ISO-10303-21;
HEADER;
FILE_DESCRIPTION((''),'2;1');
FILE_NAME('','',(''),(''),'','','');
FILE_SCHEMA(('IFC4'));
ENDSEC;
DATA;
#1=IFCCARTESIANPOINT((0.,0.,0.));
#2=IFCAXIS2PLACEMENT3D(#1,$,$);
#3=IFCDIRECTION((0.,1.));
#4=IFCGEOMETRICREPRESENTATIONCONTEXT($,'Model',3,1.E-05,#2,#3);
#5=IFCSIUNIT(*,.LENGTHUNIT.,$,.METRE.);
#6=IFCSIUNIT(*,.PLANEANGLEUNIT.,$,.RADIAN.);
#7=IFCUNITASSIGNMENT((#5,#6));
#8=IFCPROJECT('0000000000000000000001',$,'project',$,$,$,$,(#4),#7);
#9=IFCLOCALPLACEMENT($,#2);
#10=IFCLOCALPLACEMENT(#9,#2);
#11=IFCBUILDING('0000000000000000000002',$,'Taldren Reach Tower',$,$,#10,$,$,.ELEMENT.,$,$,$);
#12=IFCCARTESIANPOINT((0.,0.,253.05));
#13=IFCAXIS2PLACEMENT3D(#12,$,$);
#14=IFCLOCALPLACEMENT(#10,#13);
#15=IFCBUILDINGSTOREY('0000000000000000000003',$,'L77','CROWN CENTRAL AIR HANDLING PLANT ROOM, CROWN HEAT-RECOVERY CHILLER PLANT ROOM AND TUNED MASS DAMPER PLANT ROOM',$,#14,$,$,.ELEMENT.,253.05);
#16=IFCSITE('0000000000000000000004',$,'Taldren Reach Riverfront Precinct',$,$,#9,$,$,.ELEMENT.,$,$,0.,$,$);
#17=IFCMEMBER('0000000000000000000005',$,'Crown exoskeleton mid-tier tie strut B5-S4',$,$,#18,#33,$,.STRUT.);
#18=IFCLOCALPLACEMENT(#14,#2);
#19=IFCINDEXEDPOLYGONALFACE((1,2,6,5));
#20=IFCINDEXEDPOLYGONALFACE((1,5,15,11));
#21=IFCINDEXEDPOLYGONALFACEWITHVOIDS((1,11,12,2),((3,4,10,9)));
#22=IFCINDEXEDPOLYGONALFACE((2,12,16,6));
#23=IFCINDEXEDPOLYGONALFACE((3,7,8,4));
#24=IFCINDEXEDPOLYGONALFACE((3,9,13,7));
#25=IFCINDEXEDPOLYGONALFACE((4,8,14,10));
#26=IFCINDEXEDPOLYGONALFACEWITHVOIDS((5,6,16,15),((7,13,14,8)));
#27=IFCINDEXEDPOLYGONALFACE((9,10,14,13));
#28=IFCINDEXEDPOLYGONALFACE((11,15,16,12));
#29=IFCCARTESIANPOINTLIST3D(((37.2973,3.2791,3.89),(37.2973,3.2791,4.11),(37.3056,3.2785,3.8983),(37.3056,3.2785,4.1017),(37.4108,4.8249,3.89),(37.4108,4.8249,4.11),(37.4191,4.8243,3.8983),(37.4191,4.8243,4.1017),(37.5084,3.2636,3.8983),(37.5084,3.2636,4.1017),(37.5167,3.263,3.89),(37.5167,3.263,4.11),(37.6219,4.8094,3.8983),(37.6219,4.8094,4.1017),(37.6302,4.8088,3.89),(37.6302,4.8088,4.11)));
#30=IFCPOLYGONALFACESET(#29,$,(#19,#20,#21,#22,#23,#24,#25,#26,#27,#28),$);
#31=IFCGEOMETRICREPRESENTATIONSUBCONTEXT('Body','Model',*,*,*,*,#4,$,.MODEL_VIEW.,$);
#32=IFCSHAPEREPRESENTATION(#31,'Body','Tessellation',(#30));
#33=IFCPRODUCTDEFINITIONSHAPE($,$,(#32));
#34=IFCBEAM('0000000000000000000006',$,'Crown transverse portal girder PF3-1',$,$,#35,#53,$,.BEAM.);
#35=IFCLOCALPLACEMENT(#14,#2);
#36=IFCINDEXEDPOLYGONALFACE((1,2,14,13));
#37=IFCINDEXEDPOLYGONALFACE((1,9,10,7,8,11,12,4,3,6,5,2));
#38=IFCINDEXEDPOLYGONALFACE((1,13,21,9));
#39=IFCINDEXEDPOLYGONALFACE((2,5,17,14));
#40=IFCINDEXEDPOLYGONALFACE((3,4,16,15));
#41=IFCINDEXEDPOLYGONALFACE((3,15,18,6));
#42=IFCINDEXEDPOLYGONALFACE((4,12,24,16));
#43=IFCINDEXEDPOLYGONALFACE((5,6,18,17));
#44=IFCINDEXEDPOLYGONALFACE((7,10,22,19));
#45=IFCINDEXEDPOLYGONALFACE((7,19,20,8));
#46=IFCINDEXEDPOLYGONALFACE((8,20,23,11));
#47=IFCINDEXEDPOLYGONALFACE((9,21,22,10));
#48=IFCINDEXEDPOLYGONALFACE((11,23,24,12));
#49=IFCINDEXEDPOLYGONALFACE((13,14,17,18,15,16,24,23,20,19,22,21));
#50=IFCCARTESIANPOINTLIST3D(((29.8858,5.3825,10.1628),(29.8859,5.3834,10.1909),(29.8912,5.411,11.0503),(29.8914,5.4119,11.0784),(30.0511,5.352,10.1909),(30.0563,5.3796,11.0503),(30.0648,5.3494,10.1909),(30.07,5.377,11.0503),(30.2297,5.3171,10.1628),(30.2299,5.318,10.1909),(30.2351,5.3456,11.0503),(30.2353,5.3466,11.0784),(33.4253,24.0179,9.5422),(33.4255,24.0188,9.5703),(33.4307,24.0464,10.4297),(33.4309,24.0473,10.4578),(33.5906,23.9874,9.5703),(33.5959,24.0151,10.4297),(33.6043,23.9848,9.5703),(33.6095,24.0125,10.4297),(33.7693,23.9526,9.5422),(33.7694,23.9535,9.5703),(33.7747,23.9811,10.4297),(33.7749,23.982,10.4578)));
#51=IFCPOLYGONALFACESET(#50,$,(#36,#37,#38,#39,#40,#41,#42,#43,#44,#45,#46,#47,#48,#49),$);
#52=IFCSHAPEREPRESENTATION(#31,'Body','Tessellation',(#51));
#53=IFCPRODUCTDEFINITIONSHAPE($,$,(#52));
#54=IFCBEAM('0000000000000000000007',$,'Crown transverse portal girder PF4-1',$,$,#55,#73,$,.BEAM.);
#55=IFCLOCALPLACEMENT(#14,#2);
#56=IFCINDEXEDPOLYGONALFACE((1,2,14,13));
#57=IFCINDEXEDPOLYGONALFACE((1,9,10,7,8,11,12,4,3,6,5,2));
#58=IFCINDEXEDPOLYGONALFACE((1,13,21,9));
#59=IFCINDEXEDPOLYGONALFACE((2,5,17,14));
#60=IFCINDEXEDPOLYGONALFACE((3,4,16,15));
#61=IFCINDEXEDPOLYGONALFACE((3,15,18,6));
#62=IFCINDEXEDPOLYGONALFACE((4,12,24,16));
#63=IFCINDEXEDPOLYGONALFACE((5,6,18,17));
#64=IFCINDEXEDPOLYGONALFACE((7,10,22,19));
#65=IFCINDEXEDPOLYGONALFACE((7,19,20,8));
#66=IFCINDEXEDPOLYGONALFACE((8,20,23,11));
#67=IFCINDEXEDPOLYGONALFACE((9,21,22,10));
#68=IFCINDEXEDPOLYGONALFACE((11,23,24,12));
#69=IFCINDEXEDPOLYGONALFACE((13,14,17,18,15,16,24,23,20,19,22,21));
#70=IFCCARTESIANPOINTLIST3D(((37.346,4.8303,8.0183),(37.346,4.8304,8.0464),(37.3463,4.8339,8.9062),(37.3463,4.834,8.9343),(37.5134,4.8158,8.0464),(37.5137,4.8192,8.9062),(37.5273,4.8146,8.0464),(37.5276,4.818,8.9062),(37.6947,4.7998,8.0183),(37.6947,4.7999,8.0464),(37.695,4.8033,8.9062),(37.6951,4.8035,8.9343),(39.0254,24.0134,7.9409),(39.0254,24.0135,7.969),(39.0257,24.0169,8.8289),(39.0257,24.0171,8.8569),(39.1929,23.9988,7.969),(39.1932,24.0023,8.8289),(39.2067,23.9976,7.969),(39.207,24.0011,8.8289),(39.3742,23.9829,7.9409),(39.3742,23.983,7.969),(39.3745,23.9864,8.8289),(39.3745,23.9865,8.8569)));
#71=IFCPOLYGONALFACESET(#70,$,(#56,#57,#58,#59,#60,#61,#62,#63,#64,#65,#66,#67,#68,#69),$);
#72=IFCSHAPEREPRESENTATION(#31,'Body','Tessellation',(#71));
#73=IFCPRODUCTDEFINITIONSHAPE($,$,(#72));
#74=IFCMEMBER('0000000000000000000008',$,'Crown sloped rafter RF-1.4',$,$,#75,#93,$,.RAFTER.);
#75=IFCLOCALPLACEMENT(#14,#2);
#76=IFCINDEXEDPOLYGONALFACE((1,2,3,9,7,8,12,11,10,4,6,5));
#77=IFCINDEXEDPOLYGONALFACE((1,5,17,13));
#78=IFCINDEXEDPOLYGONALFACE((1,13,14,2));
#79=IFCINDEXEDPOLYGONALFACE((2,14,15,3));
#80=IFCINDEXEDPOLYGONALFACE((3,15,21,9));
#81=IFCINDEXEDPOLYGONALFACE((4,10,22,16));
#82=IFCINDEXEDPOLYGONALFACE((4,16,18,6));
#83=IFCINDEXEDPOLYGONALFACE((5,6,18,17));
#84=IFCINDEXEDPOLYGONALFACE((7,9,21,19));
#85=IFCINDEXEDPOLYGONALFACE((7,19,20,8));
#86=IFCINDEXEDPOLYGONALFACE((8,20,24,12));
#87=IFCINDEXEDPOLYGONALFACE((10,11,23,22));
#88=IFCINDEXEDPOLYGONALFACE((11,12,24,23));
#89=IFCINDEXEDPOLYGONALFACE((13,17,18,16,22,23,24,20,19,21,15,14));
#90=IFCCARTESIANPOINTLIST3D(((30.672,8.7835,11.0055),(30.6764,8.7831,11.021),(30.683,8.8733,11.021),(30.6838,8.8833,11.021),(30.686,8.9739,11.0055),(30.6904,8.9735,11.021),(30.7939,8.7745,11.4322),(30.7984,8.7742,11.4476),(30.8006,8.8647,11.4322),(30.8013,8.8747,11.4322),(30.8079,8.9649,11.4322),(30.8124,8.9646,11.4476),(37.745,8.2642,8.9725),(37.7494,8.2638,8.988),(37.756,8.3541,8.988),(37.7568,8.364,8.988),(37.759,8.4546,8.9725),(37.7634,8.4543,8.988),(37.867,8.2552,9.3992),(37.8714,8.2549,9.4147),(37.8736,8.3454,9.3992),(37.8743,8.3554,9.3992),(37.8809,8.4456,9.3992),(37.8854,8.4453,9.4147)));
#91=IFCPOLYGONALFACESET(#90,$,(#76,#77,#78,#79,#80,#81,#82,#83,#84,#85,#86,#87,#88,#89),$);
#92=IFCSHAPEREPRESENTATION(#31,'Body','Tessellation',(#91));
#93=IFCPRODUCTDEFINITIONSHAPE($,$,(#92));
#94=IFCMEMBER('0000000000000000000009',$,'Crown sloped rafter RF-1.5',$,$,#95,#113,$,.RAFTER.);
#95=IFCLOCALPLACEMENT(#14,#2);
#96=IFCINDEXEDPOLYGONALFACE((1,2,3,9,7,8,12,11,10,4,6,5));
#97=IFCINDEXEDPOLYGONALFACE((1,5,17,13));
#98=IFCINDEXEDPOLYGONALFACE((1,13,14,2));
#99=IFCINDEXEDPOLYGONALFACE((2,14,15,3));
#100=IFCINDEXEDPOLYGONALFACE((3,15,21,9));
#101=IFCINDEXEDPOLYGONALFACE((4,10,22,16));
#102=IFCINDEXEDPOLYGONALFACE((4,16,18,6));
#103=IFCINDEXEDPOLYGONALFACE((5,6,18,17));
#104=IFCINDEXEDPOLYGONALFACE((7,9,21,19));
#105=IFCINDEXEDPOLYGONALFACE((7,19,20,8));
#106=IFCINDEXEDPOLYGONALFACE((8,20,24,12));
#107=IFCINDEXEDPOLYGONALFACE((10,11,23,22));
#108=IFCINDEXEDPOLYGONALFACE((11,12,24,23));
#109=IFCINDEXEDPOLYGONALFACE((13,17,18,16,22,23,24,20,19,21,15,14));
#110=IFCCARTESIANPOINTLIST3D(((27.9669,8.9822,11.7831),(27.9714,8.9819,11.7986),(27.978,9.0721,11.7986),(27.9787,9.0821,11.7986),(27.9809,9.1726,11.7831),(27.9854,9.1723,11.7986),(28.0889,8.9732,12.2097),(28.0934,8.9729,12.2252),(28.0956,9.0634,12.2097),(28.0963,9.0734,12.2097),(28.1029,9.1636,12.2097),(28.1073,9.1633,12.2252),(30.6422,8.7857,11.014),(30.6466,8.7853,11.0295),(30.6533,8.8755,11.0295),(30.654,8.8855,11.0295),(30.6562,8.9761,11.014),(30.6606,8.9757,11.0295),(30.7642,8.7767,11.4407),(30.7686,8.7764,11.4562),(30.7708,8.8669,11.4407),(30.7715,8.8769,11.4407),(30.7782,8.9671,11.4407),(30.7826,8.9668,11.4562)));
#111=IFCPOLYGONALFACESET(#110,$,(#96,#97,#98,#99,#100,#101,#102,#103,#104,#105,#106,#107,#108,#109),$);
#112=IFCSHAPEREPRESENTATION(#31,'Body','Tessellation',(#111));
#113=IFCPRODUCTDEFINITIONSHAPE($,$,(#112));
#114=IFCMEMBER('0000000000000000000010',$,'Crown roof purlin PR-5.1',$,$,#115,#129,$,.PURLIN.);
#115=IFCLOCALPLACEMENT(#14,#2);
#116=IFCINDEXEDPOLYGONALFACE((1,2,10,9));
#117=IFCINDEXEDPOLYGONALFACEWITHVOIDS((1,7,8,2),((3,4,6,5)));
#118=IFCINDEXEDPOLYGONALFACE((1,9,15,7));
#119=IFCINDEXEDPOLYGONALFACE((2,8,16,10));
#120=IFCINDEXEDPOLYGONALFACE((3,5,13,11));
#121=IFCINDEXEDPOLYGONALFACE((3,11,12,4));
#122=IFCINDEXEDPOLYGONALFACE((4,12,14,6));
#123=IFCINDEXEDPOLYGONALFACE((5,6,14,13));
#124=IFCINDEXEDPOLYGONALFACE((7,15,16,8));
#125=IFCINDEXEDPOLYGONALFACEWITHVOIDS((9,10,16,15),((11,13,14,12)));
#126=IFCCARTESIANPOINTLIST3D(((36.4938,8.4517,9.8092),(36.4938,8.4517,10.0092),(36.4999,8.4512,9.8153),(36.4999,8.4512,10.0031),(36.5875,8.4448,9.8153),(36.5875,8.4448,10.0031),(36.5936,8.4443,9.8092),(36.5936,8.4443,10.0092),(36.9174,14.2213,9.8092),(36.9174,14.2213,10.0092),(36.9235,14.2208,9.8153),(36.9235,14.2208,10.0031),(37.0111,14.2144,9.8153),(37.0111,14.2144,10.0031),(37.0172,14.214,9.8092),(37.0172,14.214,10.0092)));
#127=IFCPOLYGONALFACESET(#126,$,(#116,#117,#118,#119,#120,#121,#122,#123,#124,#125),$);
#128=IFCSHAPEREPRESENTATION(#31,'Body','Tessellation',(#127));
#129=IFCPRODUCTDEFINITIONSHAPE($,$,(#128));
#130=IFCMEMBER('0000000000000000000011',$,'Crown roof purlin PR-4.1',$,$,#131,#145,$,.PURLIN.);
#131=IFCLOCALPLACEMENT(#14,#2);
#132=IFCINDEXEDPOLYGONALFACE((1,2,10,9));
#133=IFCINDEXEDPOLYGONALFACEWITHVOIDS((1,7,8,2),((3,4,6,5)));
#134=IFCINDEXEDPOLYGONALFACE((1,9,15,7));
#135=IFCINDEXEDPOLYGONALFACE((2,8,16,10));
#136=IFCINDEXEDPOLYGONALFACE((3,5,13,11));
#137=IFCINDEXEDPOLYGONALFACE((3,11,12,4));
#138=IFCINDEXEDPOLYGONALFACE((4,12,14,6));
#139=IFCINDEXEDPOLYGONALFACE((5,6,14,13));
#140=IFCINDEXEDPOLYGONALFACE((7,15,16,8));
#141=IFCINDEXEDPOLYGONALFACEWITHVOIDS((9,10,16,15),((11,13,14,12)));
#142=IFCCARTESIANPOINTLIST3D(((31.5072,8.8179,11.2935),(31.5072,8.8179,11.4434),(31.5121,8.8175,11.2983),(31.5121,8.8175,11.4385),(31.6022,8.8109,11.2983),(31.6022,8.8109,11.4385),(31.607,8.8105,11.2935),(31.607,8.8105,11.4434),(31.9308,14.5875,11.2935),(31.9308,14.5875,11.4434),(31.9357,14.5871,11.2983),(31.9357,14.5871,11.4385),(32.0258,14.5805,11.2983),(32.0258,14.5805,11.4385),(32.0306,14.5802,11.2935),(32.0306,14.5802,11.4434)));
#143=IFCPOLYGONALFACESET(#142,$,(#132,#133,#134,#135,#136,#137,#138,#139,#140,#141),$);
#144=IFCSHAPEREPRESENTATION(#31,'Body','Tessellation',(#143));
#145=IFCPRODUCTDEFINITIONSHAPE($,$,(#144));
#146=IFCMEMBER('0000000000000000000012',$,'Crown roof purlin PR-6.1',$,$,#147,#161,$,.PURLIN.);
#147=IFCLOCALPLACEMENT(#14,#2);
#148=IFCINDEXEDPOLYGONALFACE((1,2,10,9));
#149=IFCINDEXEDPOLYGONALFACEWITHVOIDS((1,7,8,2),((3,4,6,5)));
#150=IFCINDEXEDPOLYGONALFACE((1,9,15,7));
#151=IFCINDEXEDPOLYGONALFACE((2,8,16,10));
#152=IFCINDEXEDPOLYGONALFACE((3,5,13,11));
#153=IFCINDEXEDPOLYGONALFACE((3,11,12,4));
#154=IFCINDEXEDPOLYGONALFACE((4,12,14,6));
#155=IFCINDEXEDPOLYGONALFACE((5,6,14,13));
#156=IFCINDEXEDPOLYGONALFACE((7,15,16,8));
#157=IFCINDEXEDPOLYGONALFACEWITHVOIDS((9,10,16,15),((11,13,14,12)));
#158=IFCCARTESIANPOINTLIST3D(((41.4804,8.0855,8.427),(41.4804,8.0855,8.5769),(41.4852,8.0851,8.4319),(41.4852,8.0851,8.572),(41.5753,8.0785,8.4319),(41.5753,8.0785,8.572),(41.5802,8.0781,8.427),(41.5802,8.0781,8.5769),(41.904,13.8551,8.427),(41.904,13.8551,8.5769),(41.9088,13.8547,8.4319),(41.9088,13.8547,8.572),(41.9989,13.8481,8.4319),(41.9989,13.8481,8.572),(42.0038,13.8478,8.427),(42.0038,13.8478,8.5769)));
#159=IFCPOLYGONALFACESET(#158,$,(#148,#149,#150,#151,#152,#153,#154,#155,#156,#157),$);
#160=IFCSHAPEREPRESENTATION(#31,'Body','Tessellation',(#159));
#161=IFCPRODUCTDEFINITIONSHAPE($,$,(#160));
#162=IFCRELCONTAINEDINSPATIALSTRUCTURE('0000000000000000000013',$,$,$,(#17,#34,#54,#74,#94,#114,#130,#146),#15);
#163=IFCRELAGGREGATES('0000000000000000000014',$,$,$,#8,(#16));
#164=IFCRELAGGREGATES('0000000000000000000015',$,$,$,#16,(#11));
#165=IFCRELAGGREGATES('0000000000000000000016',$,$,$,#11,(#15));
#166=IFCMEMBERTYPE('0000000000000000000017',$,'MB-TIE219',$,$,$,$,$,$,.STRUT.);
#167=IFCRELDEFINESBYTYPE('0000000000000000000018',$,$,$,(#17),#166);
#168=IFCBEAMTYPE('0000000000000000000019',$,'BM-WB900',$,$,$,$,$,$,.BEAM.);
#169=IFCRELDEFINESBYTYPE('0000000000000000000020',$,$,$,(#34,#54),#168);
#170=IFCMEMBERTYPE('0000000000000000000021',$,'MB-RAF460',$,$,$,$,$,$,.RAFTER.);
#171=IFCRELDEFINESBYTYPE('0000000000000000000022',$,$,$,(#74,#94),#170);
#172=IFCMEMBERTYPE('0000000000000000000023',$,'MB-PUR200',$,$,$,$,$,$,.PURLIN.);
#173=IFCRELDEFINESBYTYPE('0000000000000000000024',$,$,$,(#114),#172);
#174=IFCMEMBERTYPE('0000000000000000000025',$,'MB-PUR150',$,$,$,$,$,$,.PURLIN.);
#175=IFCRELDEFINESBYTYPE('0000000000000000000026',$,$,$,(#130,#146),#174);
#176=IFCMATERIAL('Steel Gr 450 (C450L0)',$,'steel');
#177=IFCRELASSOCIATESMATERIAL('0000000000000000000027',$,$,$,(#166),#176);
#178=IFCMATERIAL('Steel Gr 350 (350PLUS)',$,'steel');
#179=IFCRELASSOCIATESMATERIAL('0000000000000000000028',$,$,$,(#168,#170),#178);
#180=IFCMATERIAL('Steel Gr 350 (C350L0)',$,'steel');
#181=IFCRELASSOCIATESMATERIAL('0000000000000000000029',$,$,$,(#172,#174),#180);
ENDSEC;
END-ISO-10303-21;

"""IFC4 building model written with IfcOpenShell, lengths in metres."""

from ifc_helpers import new_model, si_unit, direction, frame, origin, origin_2d, place, context, subcontext, project, spatial, hollow_rectangle, i_section, extrude, source, transform, mapped, material, material_profile, profile_set, type_object, element, save


model = new_model("IFC4")

# Units and contexts
model_context = context("Model", 3, precision=1e-05, world=origin(), true_north=direction((0.0, 1.0)))
body_context = subcontext(model_context, "Body", "Model", "MODEL_VIEW")
ifc_project = project(units=[si_unit("LENGTHUNIT", "METRE"), si_unit("PLANEANGLEUNIT", "RADIAN")], contexts=[model_context])

# Site, building, storey
site_placement = place(None, origin())
site = spatial("IfcSite", under=ifc_project, at=site_placement, Name="Taldren Reach Riverfront Precinct", CompositionType="ELEMENT", RefElevation=0.0)
building_placement = place(site_placement, origin())
building = spatial("IfcBuilding", under=site, at=building_placement, Name="Taldren Reach Tower", CompositionType="ELEMENT")
storey_placement = place(building_placement, frame((0.0, 0.0, 253.05)))
storey = spatial("IfcBuildingStorey", under=building, at=storey_placement, Name="L77", Description="CROWN CENTRAL AIR HANDLING PLANT ROOM, CROWN HEAT-RECOVERY CHILLER PLANT ROOM AND TUNED MASS DAMPER PLANT ROOM", CompositionType="ELEMENT", Elevation=253.05)

# Shared definitions
ifc_material_1 = material(Name="Steel Gr 350 (350PLUS)", Category="steel")
ifc_material_2 = material(Name="Steel Gr 450 (C450L0)", Category="steel")

# Member
ifc_material_3 = material(Name="Steel Gr 350 (C350L0)", Category="steel")
ifc_material_profile_1 = material_profile(ifc_material_2, hollow_rectangle(XDim=0.22, YDim=0.22, WallThickness=0.0083, at=origin_2d()), Name="220x220x8.2SHS")
ifc_profile_set_1 = profile_set([ifc_material_profile_1], Name="Steel Gr 450 (C450L0)")
member_type_1 = type_object("IfcMemberType", Name="MB-TIE219", PredefinedType="STRUT", material=ifc_profile_set_1)
shared_shape_1 = source(origin(), body_context, "Body", "SweptSolid", [
    extrude(hollow_rectangle(XDim=0.22, YDim=0.22, WallThickness=0.0083, at=origin_2d()), origin(), (0.0, 0.0, 1.0), 1.55),
])
for number, where, z_axis, x_axis, name in (
    (1, (37.5205, 4.8169, 4.0), (-0.073239, -0.997314, 0.0), (0.997314, -0.073239, 0.0), "Crown exoskeleton mid-tier tie strut B5-S4"),
):
    element("IfcMember", number, at=place(storey_placement, frame(where, z_axis=z_axis, x_axis=x_axis)), inside=storey, type_object=member_type_1, Name=name, PredefinedType="STRUT", context=body_context, shape_type="MappedRepresentation", body=[
        mapped(shared_shape_1, transform((0.0, 0.0, 0.0), scale=1.0)),
    ])

# Beams
ifc_material_profile_2 = material_profile(ifc_material_1, i_section(OverallWidth=0.3501, OverallDepth=0.916, WebThickness=0.0139, FlangeThickness=0.0281, at=origin_2d()), Name="900WB257")
ifc_profile_set_2 = profile_set([ifc_material_profile_2], Name="Steel Gr 350 (350PLUS)")
beam_type_1 = type_object("IfcBeamType", Name="BM-WB900", PredefinedType="BEAM", material=ifc_profile_set_2)
shared_shape_2 = source(origin(), body_context, "Body", "SweptSolid", [
    extrude(i_section(OverallWidth=0.3501, OverallDepth=0.916, WebThickness=0.0139, FlangeThickness=0.0281, at=origin_2d()), origin(), (0.0, 0.0, 1.0), 18.9788),
])
beam_1_placement = place(storey_placement, frame((30.0605, 5.3645, 10.6206), z_axis=(0.1865, 0.981911, -0.0327), x_axis=(-0.982436, 0.1866, 0.0)))
element("IfcBeam", 2, at=beam_1_placement, inside=storey, type_object=beam_type_1, Name="Crown transverse portal girder PF3-1", PredefinedType="BEAM", context=body_context, shape_type="MappedRepresentation", body=[
    mapped(shared_shape_2, transform((0.0, 0.0, 0.0), scale=1.0)),
])
shared_shape_3 = source(origin(), body_context, "Body", "SweptSolid", [
    extrude(i_section(OverallWidth=0.3501, OverallDepth=0.916, WebThickness=0.0139, FlangeThickness=0.0281, at=origin_2d()), origin(), (0.0, 0.0, 1.0), 19.2566),
])
beam_2_placement = place(storey_placement, frame((37.5205, 4.8169, 8.4763), z_axis=(0.087214, 0.996182, -0.004019), x_axis=(-0.99619, 0.087214, 0.0)))
element("IfcBeam", 3, at=beam_2_placement, inside=storey, type_object=beam_type_1, Name="Crown transverse portal girder PF4-1", PredefinedType="BEAM", context=body_context, shape_type="MappedRepresentation", body=[
    mapped(shared_shape_3, transform((0.0, 0.0, 0.0), scale=1.0)),
])

# Members
ifc_material_profile_3 = material_profile(ifc_material_1, i_section(OverallWidth=0.1909, OverallDepth=0.46, WebThickness=0.01, FlangeThickness=0.0161, at=origin_2d()), Name="460UB82.1")
ifc_profile_set_3 = profile_set([ifc_material_profile_3], Name="Steel Gr 350 (350PLUS)")
member_type_2 = type_object("IfcMemberType", Name="MB-RAF460", PredefinedType="RAFTER", material=ifc_profile_set_3)
shared_shape_4 = source(origin(), body_context, "Body", "SweptSolid", [
    extrude(i_section(OverallWidth=0.1909, OverallDepth=0.46, WebThickness=0.01, FlangeThickness=0.0161, at=origin_2d()), origin(), (0.0, 0.0, 1.0), 7.3777),
])
member_1_placement = place(storey_placement, frame((37.8152, 8.3547, 9.1936), z_axis=(-0.958705, 0.070386, 0.275556), x_axis=(-0.073221, -0.997316, 0.0)))
element("IfcMember", 4, at=member_1_placement, inside=storey, type_object=member_type_2, Name="Crown sloped rafter RF-1.4", PredefinedType="RAFTER", context=body_context, shape_type="MappedRepresentation", body=[
    mapped(shared_shape_4, transform((0.0, 0.0, 0.0), scale=1.0)),
])
shared_shape_5 = source(origin(), body_context, "Body", "SweptSolid", [
    extrude(i_section(OverallWidth=0.1909, OverallDepth=0.46, WebThickness=0.01, FlangeThickness=0.0161, at=origin_2d()), origin(), (0.0, 0.0, 1.0), 2.7905),
])
member_2_placement = place(storey_placement, frame((30.7124, 8.8762, 11.2351), z_axis=(-0.958693, 0.070428, 0.275587), x_axis=(-0.073265, -0.997313, 0.0)))
element("IfcMember", 5, at=member_2_placement, inside=storey, type_object=member_type_2, Name="Crown sloped rafter RF-1.5", PredefinedType="RAFTER", context=body_context, shape_type="MappedRepresentation", body=[
    mapped(shared_shape_5, transform((0.0, 0.0, 0.0), scale=1.0)),
])
ifc_material_profile_4 = material_profile(ifc_material_3, hollow_rectangle(XDim=0.1001, YDim=0.2, WallThickness=0.0061, at=origin_2d()), Name="200x100x6.0RHS")
ifc_profile_set_4 = profile_set([ifc_material_profile_4], Name="Steel Gr 350 (C350L0)")
member_type_3 = type_object("IfcMemberType", Name="MB-PUR200", PredefinedType="PURLIN", material=ifc_profile_set_4)
shared_shape_6 = source(origin(), body_context, "Body", "SweptSolid", [
    extrude(hollow_rectangle(XDim=0.1001, YDim=0.2, WallThickness=0.0061, at=origin_2d()), origin(), (0.0, 0.0, 1.0), 5.7852),
])
member_3_placement = place(storey_placement, frame((36.5437, 8.448, 9.9092), z_axis=(0.07322, 0.997316, 0.0), x_axis=(-0.997316, 0.07322, 0.0)))
element("IfcMember", 6, at=member_3_placement, inside=storey, type_object=member_type_3, Name="Crown roof purlin PR-5.1", PredefinedType="PURLIN", context=body_context, shape_type="MappedRepresentation", body=[
    mapped(shared_shape_6, transform((0.0, 0.0, 0.0), scale=1.0)),
])
ifc_material_profile_5 = material_profile(ifc_material_3, hollow_rectangle(XDim=0.1001, YDim=0.1499, WallThickness=0.0049, at=origin_2d()), Name="150x100x5.0RHS")
ifc_profile_set_5 = profile_set([ifc_material_profile_5], Name="Steel Gr 350 (C350L0)")
member_type_4 = type_object("IfcMemberType", Name="MB-PUR150", PredefinedType="PURLIN", material=ifc_profile_set_5)
shared_shape_7 = source(origin(), body_context, "Body", "SweptSolid", [
    extrude(hollow_rectangle(XDim=0.1001, YDim=0.1499, WallThickness=0.0049, at=origin_2d()), origin(), (0.0, 0.0, 1.0), 5.7852),
])
for number, where, z_axis, x_axis, name in (
    (7, (31.5571, 8.8142, 11.3684), (0.07322, 0.997316, 0.0), (-0.997316, 0.07322, 0.0), "Crown roof purlin PR-4.1"),
    (8, (41.5303, 8.0818, 8.502), (0.07322, 0.997316, 0.0), (-0.997316, 0.07322, 0.0), "Crown roof purlin PR-6.1"),
):
    element("IfcMember", number, at=place(storey_placement, frame(where, z_axis=z_axis, x_axis=x_axis)), inside=storey, type_object=member_type_4, Name=name, PredefinedType="PURLIN", context=body_context, shape_type="MappedRepresentation", body=[
        mapped(shared_shape_7, transform((0.0, 0.0, 0.0), scale=1.0)),
    ])

save(model, "model.ifc")
